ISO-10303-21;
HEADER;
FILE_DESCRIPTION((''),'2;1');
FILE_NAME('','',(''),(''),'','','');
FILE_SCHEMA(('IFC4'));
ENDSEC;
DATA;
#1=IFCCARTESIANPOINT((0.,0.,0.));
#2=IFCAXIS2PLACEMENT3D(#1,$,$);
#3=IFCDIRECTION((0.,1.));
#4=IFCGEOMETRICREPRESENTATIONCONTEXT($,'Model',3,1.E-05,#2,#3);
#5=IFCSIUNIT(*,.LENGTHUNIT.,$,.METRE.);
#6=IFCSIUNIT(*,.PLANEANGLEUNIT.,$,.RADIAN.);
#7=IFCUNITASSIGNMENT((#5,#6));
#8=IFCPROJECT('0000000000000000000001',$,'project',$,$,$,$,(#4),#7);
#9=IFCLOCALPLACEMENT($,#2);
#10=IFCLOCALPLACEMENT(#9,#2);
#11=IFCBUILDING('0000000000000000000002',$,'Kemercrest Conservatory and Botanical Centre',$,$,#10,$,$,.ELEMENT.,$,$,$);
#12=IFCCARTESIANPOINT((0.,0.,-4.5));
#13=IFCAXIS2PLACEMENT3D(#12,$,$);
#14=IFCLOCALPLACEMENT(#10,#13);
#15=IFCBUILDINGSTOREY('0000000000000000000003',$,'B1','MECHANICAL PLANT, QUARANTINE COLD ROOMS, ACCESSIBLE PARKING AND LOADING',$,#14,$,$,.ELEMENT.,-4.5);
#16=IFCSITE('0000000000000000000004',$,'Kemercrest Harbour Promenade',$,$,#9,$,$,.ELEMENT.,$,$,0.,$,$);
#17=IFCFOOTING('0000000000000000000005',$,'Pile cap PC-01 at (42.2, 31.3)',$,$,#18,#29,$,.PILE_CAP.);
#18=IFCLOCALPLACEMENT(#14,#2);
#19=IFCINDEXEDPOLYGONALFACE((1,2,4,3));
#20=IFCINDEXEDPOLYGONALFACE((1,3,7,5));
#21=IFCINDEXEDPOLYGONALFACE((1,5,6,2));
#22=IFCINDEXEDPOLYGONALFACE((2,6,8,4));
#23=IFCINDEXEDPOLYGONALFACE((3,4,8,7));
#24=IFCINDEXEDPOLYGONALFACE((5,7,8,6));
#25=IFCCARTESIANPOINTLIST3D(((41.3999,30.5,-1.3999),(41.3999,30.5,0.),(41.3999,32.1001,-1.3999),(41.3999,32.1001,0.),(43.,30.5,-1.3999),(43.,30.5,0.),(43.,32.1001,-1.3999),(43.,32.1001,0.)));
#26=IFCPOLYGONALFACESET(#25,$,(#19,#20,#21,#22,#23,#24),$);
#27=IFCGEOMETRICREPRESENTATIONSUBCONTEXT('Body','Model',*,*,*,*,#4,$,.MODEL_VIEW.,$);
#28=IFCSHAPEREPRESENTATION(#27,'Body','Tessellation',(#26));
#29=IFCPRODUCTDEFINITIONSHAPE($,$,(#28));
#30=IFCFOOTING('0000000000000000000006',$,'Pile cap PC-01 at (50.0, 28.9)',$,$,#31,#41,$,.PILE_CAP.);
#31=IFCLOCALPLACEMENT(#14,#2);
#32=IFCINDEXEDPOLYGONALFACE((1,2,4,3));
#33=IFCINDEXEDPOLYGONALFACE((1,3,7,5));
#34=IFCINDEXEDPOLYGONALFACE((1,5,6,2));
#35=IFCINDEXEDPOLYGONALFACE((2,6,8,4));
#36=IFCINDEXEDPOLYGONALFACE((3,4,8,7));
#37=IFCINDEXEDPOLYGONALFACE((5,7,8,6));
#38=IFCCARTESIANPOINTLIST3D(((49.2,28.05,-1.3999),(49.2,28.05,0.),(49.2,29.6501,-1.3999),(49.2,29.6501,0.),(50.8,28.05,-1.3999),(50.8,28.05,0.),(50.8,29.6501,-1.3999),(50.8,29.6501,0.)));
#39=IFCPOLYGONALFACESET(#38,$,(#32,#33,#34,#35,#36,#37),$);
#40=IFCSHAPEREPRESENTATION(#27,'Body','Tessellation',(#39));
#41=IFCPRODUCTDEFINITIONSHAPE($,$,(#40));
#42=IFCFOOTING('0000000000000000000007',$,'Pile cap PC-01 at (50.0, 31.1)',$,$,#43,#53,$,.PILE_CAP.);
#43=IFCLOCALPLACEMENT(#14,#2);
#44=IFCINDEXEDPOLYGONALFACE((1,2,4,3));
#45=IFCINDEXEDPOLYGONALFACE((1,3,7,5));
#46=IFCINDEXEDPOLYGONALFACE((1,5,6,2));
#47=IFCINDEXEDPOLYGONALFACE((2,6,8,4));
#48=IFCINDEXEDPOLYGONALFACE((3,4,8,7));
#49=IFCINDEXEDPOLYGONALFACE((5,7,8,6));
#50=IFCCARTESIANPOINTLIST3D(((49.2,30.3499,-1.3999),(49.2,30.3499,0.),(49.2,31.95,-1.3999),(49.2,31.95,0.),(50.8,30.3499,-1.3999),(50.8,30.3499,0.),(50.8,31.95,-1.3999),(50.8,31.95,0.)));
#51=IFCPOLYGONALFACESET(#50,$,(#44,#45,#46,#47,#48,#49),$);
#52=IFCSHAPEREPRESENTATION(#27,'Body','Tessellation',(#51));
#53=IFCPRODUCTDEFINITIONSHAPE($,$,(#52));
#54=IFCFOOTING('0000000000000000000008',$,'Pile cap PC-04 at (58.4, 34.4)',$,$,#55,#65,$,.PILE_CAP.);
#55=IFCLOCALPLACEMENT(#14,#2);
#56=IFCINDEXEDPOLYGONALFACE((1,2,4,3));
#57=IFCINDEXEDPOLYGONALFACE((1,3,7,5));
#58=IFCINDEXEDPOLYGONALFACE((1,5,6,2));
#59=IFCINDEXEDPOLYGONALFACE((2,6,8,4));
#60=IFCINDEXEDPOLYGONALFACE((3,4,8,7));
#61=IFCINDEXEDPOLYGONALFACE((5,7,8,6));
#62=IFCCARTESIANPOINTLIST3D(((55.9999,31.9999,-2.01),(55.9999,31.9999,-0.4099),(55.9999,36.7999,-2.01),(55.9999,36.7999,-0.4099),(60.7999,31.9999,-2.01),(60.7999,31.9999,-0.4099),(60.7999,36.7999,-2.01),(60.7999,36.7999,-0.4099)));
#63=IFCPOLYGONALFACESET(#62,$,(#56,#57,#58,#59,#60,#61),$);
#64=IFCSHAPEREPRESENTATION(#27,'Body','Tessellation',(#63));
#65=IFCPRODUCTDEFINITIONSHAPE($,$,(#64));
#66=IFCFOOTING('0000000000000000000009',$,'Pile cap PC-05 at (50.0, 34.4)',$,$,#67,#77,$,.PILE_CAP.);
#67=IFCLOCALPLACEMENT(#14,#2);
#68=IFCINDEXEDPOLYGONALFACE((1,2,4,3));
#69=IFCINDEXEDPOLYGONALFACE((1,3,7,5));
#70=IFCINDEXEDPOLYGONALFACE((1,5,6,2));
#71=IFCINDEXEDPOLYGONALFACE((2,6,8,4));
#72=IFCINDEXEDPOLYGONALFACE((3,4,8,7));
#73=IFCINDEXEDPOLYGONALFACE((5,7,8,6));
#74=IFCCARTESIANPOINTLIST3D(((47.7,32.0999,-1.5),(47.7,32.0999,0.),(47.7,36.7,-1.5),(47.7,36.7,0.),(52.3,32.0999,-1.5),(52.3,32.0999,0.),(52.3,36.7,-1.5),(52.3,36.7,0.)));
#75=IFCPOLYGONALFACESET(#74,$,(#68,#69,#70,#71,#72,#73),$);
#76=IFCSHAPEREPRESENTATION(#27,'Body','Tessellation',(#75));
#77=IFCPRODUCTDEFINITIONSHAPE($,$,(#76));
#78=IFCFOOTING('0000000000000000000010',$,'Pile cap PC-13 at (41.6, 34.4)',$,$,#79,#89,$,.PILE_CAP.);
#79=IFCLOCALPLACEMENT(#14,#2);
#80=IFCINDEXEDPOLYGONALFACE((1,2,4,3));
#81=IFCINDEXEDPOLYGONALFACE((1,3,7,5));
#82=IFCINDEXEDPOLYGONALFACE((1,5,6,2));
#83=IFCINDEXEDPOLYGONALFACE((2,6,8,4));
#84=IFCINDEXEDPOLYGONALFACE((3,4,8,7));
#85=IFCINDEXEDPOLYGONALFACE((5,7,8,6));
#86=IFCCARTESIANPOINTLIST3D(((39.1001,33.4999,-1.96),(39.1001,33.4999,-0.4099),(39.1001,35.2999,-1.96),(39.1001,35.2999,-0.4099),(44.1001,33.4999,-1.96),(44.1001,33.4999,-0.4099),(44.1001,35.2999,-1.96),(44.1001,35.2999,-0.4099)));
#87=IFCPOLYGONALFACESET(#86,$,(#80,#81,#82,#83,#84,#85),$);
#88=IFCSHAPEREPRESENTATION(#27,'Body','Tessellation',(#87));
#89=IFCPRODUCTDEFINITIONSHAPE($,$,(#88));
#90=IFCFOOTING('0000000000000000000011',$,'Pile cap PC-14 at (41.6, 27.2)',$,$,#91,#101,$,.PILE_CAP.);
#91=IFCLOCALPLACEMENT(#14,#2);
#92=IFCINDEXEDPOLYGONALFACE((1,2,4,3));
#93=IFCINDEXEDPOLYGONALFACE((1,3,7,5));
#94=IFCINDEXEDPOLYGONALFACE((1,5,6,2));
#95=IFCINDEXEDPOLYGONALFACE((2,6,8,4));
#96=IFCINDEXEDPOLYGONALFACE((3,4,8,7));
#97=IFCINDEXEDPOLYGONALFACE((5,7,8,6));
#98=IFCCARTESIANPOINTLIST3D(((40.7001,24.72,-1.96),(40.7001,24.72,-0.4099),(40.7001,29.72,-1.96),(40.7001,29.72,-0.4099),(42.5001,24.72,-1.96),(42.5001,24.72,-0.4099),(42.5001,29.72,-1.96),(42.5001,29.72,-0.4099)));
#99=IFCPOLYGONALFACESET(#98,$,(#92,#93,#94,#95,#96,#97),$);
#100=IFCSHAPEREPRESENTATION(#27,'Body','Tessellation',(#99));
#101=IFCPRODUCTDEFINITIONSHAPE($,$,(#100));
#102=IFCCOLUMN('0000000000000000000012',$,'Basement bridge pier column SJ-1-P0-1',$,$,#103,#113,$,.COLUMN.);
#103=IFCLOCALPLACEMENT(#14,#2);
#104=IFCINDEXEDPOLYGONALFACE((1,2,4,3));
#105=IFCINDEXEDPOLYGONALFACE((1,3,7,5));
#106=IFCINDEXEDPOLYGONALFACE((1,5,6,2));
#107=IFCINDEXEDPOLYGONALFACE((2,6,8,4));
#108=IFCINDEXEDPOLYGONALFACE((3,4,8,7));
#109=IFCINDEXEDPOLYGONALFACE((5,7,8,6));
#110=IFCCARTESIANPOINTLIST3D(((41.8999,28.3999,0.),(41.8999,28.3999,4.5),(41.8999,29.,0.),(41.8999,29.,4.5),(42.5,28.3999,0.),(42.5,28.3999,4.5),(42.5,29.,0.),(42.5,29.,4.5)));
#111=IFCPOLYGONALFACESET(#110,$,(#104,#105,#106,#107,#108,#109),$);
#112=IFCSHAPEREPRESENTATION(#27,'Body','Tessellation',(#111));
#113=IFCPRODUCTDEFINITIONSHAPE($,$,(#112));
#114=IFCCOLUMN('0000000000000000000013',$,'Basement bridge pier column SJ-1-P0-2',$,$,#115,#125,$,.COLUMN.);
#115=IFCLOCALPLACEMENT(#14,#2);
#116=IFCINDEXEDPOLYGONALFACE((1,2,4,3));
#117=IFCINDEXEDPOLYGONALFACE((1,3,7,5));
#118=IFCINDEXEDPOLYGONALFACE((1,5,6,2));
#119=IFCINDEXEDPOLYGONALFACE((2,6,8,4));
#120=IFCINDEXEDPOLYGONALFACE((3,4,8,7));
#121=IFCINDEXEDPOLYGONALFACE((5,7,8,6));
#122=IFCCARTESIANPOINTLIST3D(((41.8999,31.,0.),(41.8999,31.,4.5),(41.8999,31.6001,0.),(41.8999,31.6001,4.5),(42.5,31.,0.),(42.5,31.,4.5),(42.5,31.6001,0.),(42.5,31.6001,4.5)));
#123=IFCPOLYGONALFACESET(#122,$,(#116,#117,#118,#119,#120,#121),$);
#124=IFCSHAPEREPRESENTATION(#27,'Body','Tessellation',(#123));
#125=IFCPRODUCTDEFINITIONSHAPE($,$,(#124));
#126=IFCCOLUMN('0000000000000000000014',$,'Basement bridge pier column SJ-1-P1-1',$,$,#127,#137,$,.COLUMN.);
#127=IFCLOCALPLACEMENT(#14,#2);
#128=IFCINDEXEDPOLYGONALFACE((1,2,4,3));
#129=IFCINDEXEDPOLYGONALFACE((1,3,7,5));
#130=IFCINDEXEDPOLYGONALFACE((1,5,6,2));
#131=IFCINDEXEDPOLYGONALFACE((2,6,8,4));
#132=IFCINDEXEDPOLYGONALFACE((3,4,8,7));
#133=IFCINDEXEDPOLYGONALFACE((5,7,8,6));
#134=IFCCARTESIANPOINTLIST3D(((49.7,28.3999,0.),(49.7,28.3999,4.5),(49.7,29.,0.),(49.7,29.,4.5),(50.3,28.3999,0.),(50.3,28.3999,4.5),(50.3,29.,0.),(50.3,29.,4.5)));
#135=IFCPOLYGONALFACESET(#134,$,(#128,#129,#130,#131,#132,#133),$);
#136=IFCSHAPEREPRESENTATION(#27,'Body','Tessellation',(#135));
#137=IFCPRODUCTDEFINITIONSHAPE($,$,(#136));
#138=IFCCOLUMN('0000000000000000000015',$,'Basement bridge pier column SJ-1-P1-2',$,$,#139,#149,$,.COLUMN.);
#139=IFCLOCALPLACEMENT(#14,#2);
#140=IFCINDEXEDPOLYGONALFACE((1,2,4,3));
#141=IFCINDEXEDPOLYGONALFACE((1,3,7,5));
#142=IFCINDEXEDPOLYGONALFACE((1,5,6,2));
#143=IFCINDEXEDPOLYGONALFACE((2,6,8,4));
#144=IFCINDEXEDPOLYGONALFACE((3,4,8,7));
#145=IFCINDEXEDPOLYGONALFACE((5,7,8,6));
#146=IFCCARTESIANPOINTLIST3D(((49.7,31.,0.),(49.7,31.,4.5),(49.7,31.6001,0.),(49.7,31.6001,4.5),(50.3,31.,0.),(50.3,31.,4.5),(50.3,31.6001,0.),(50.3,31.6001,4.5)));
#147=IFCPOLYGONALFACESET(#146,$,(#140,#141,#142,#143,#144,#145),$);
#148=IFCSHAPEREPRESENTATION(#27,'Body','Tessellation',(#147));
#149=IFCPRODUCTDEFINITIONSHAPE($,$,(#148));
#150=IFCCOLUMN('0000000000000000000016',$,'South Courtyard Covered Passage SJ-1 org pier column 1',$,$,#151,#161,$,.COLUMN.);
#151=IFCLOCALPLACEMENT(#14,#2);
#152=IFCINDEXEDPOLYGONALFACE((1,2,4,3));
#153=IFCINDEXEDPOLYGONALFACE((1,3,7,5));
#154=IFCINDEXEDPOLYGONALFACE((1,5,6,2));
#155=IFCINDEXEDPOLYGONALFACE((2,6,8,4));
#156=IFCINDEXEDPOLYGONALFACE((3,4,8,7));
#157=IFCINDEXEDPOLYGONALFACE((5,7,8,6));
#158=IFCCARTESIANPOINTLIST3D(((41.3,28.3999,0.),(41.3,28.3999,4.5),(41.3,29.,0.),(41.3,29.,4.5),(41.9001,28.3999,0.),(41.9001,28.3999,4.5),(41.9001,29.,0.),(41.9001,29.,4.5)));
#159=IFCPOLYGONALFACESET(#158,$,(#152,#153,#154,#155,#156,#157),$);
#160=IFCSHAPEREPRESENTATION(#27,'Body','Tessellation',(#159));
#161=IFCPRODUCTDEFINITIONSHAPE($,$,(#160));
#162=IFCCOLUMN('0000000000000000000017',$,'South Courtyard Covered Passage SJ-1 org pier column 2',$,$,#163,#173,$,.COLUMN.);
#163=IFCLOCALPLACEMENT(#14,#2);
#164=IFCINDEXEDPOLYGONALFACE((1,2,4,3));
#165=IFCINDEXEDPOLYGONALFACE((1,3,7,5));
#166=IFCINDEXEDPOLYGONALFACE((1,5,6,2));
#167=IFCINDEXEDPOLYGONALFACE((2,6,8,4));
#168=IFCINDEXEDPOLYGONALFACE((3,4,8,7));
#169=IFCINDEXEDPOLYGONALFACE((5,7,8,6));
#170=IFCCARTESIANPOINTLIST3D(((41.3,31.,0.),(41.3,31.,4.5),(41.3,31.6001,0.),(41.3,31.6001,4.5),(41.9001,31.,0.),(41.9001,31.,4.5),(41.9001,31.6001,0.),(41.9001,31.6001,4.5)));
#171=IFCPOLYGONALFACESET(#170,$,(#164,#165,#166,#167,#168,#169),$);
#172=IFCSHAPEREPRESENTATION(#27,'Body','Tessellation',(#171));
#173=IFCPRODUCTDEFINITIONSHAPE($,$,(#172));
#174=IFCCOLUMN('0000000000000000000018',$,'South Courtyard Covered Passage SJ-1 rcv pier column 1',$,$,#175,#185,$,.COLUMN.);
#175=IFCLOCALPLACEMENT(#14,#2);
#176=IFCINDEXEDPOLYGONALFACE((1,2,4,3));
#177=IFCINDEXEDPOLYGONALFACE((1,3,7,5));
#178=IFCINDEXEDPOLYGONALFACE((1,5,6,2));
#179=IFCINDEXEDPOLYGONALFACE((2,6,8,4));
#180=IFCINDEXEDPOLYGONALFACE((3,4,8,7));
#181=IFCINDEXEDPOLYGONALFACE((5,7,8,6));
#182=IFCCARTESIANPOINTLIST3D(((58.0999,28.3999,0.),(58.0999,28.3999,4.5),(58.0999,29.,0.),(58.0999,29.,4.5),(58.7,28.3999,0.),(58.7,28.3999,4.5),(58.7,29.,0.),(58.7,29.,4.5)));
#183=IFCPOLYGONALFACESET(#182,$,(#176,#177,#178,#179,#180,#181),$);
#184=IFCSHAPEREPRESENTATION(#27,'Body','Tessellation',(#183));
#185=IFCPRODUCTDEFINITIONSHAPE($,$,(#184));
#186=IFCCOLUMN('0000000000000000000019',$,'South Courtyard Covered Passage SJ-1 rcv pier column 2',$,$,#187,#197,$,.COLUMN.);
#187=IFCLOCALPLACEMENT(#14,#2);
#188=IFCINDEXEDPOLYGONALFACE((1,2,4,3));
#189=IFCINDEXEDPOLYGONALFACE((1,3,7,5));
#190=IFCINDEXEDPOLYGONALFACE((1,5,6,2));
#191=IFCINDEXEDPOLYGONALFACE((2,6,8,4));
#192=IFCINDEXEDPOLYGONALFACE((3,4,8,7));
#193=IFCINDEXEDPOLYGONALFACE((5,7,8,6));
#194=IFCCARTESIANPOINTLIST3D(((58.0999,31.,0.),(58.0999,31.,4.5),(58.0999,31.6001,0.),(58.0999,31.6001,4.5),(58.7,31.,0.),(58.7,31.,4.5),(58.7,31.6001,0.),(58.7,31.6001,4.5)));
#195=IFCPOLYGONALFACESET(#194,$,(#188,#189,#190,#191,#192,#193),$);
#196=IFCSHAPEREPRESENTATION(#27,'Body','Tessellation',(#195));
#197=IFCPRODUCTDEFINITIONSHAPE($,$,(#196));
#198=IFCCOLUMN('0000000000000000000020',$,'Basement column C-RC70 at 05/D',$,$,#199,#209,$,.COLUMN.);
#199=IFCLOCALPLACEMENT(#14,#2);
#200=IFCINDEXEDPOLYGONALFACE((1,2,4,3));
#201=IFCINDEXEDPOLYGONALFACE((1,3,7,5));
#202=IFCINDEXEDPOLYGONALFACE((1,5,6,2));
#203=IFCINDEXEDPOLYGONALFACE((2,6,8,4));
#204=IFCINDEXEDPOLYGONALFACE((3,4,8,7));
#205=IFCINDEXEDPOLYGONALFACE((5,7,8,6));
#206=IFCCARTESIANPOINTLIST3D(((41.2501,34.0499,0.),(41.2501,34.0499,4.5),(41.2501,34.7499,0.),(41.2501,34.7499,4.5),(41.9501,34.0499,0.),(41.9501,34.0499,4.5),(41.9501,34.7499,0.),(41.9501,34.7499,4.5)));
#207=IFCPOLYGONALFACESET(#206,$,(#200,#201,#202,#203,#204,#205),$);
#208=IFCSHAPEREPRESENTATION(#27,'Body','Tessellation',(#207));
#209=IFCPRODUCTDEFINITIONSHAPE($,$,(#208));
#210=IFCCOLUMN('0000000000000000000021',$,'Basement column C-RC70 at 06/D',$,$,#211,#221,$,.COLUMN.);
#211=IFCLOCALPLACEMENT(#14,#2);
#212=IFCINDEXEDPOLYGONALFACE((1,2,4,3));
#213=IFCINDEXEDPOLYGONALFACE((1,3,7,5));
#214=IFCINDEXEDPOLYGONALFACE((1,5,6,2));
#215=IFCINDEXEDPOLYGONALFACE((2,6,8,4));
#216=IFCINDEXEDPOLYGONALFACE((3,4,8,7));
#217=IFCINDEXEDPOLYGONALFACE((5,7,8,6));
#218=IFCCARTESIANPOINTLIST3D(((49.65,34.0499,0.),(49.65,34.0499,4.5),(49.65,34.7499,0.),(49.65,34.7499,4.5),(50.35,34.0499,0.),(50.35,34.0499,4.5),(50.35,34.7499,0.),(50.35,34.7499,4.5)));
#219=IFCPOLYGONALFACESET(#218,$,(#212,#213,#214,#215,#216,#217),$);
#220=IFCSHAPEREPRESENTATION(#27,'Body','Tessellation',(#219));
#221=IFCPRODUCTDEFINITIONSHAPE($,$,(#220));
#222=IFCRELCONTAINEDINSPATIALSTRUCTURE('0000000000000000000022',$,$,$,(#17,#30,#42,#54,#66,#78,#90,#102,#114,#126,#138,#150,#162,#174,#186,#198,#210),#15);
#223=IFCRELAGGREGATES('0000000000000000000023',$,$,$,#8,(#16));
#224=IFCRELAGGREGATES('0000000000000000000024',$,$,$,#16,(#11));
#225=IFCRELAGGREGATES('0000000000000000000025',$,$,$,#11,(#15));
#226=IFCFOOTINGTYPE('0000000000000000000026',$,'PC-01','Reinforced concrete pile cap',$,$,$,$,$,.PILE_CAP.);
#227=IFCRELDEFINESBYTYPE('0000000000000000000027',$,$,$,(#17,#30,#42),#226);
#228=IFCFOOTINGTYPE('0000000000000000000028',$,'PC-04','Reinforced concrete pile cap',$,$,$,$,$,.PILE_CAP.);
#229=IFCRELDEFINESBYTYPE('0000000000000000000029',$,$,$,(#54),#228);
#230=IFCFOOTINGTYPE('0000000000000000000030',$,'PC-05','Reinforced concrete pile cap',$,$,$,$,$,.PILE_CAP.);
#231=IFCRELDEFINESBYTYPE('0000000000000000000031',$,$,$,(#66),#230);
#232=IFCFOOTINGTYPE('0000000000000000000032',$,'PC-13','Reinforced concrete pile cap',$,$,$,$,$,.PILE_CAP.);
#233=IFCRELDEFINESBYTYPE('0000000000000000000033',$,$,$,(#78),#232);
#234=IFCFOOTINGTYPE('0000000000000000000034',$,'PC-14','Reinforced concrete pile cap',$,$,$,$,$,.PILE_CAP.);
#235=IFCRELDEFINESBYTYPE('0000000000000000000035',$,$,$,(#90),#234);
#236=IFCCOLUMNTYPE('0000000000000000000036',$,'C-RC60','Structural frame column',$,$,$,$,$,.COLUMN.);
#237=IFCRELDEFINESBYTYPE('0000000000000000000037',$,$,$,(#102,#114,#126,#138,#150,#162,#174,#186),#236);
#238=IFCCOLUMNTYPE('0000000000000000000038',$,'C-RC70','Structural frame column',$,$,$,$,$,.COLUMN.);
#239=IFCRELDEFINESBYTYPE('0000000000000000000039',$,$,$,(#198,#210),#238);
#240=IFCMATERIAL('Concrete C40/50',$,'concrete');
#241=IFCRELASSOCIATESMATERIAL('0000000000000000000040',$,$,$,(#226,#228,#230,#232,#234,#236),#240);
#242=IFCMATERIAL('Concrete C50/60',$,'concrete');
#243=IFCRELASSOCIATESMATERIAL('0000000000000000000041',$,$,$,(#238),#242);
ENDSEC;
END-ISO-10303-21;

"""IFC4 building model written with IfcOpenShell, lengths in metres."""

from ifc_helpers import new_model, si_unit, direction, frame, origin, origin_2d, place, context, subcontext, project, spatial, rectangle, extrude, material, material_profile, profile_set, type_object, element, save


model = new_model("IFC4")

# Units and contexts
model_context = context("Model", 3, precision=1e-05, world=origin(), true_north=direction((0.0, 1.0)))
body_context = subcontext(model_context, "Body", "Model", "MODEL_VIEW")
ifc_project = project(units=[si_unit("LENGTHUNIT", "METRE"), si_unit("PLANEANGLEUNIT", "RADIAN")], contexts=[model_context])

# Site, building, storey
site_placement = place(None, origin())
site = spatial("IfcSite", under=ifc_project, at=site_placement, Name="Kemercrest Harbour Promenade", CompositionType="ELEMENT", RefElevation=0.0)
building_placement = place(site_placement, origin())
building = spatial("IfcBuilding", under=site, at=building_placement, Name="Kemercrest Conservatory and Botanical Centre", CompositionType="ELEMENT")
storey_placement = place(building_placement, frame((0.0, 0.0, -4.5)))
storey = spatial("IfcBuildingStorey", under=building, at=storey_placement, Name="B1", Description="MECHANICAL PLANT, QUARANTINE COLD ROOMS, ACCESSIBLE PARKING AND LOADING", CompositionType="ELEMENT", Elevation=-4.5)

# Shared definitions
ifc_material_1 = material(Name="Concrete C40/50", Category="concrete")

# Footings
footing_type_1 = type_object("IfcFootingType", Name="PC-01", Description="Reinforced concrete pile cap", PredefinedType="PILE_CAP", material=ifc_material_1)
for number, where, z_axis, x_axis, name in (
    (1, (42.2, 31.3, -1.3999), (0.0, 0.0, 1.0), (1.0, 0.0, 0.0), "Pile cap PC-01 at (42.2, 31.3)"),
    (2, (50.0, 28.8501, -1.3999), (0.0, 0.0, 1.0), (1.0, 0.0, 0.0), "Pile cap PC-01 at (50.0, 28.9)"),
    (3, (50.0, 31.1499, -1.3999), (0.0, 0.0, 1.0), (1.0, 0.0, 0.0), "Pile cap PC-01 at (50.0, 31.1)"),
):
    element("IfcFooting", number, at=place(storey_placement, frame(where, z_axis=z_axis, x_axis=x_axis)), inside=storey, type_object=footing_type_1, Name=name, PredefinedType="PILE_CAP", context=body_context, shape_type="SweptSolid", body=[
        extrude(rectangle(XDim=1.6001, YDim=1.6001, at=origin_2d()), origin(), (0.0, 0.0, 1.0), 1.3999),
    ])
footing_type_2 = type_object("IfcFootingType", Name="PC-04", Description="Reinforced concrete pile cap", PredefinedType="PILE_CAP", material=ifc_material_1)
footing_1_placement = place(storey_placement, frame((58.3999, 34.3999, -2.01), z_axis=(0.0, 0.0, 1.0), x_axis=(1.0, 0.0, 0.0)))
element("IfcFooting", 4, at=footing_1_placement, inside=storey, type_object=footing_type_2, Name="Pile cap PC-04 at (58.4, 34.4)", PredefinedType="PILE_CAP", context=body_context, shape_type="SweptSolid", body=[
    extrude(rectangle(XDim=4.8, YDim=4.8, at=origin_2d()), origin(), (0.0, 0.0, 1.0), 1.6001),
])
footing_type_3 = type_object("IfcFootingType", Name="PC-05", Description="Reinforced concrete pile cap", PredefinedType="PILE_CAP", material=ifc_material_1)
footing_2_placement = place(storey_placement, frame((50.0, 34.3999, -1.5), z_axis=(0.0, 0.0, 1.0), x_axis=(1.0, 0.0, 0.0)))
element("IfcFooting", 5, at=footing_2_placement, inside=storey, type_object=footing_type_3, Name="Pile cap PC-05 at (50.0, 34.4)", PredefinedType="PILE_CAP", context=body_context, shape_type="SweptSolid", body=[
    extrude(rectangle(XDim=4.6001, YDim=4.6001, at=origin_2d()), origin(), (0.0, 0.0, 1.0), 1.5),
])
footing_type_4 = type_object("IfcFootingType", Name="PC-13", Description="Reinforced concrete pile cap", PredefinedType="PILE_CAP", material=ifc_material_1)
footing_3_placement = place(storey_placement, frame((41.6001, 34.3999, -1.96), z_axis=(0.0, 0.0, 1.0), x_axis=(1.0, 0.0, 0.0)))
element("IfcFooting", 6, at=footing_3_placement, inside=storey, type_object=footing_type_4, Name="Pile cap PC-13 at (41.6, 34.4)", PredefinedType="PILE_CAP", context=body_context, shape_type="SweptSolid", body=[
    extrude(rectangle(XDim=5.0, YDim=1.8, at=origin_2d()), origin(), (0.0, 0.0, 1.0), 1.55),
])
footing_type_5 = type_object("IfcFootingType", Name="PC-14", Description="Reinforced concrete pile cap", PredefinedType="PILE_CAP", material=ifc_material_1)
footing_4_placement = place(storey_placement, frame((41.6001, 27.22, -1.96), z_axis=(0.0, 0.0, 1.0), x_axis=(1.0, 0.0, 0.0)))
element("IfcFooting", 7, at=footing_4_placement, inside=storey, type_object=footing_type_5, Name="Pile cap PC-14 at (41.6, 27.2)", PredefinedType="PILE_CAP", context=body_context, shape_type="SweptSolid", body=[
    extrude(rectangle(XDim=1.8, YDim=5.0, at=origin_2d()), origin(), (0.0, 0.0, 1.0), 1.55),
])

# Columns
ifc_material_profile_1 = material_profile(ifc_material_1, rectangle(XDim=0.6001, YDim=0.6001, at=origin_2d()), Name="RC 600x600")
ifc_profile_set_1 = profile_set([ifc_material_profile_1], Name="Concrete C40/50")
column_type_1 = type_object("IfcColumnType", Name="C-RC60", Description="Structural frame column", PredefinedType="COLUMN", material=ifc_profile_set_1)
for number, where, z_axis, x_axis, name in (
    (8, (42.2, 28.7, 0.0), (0.0, 0.0, 1.0), (1.0, 0.0, 0.0), "Basement bridge pier column SJ-1-P0-1"),
    (9, (42.2, 31.3, 0.0), (0.0, 0.0, 1.0), (1.0, 0.0, 0.0), "Basement bridge pier column SJ-1-P0-2"),
    (10, (50.0, 28.7, 0.0), (0.0, 0.0, 1.0), (1.0, 0.0, 0.0), "Basement bridge pier column SJ-1-P1-1"),
    (11, (50.0, 31.3, 0.0), (0.0, 0.0, 1.0), (1.0, 0.0, 0.0), "Basement bridge pier column SJ-1-P1-2"),
    (12, (41.6001, 28.7, 0.0), (0.0, 0.0, 1.0), (1.0, 0.0, 0.0), "South Courtyard Covered Passage SJ-1 org pier column 1"),
    (13, (41.6001, 31.3, 0.0), (0.0, 0.0, 1.0), (1.0, 0.0, 0.0), "South Courtyard Covered Passage SJ-1 org pier column 2"),
    (14, (58.3999, 28.7, 0.0), (0.0, 0.0, 1.0), (1.0, 0.0, 0.0), "South Courtyard Covered Passage SJ-1 rcv pier column 1"),
    (15, (58.3999, 31.3, 0.0), (0.0, 0.0, 1.0), (1.0, 0.0, 0.0), "South Courtyard Covered Passage SJ-1 rcv pier column 2"),
):
    element("IfcColumn", number, at=place(storey_placement, frame(where, z_axis=z_axis, x_axis=x_axis)), inside=storey, type_object=column_type_1, Name=name, PredefinedType="COLUMN", context=body_context, shape_type="SweptSolid", body=[
        extrude(rectangle(XDim=0.6001, YDim=0.6001, at=origin_2d()), origin(), (0.0, 0.0, 1.0), 4.5),
    ])
ifc_material_2 = material(Name="Concrete C50/60", Category="concrete")
ifc_material_profile_2 = material_profile(ifc_material_2, rectangle(XDim=0.7, YDim=0.7, at=origin_2d()), Name="RC 700x700")
ifc_profile_set_2 = profile_set([ifc_material_profile_2], Name="Concrete C50/60")
column_type_2 = type_object("IfcColumnType", Name="C-RC70", Description="Structural frame column", PredefinedType="COLUMN", material=ifc_profile_set_2)
for number, where, z_axis, x_axis, name in (
    (16, (41.6001, 34.3999, 0.0), (0.0, 0.0, 1.0), (1.0, 0.0, 0.0), "Basement column C-RC70 at 05/D"),
    (17, (50.0, 34.3999, 0.0), (0.0, 0.0, 1.0), (1.0, 0.0, 0.0), "Basement column C-RC70 at 06/D"),
):
    element("IfcColumn", number, at=place(storey_placement, frame(where, z_axis=z_axis, x_axis=x_axis)), inside=storey, type_object=column_type_2, Name=name, PredefinedType="COLUMN", context=body_context, shape_type="SweptSolid", body=[
        extrude(rectangle(XDim=0.7, YDim=0.7, at=origin_2d()), origin(), (0.0, 0.0, 1.0), 4.5),
    ])

save(model, "model.ifc")
